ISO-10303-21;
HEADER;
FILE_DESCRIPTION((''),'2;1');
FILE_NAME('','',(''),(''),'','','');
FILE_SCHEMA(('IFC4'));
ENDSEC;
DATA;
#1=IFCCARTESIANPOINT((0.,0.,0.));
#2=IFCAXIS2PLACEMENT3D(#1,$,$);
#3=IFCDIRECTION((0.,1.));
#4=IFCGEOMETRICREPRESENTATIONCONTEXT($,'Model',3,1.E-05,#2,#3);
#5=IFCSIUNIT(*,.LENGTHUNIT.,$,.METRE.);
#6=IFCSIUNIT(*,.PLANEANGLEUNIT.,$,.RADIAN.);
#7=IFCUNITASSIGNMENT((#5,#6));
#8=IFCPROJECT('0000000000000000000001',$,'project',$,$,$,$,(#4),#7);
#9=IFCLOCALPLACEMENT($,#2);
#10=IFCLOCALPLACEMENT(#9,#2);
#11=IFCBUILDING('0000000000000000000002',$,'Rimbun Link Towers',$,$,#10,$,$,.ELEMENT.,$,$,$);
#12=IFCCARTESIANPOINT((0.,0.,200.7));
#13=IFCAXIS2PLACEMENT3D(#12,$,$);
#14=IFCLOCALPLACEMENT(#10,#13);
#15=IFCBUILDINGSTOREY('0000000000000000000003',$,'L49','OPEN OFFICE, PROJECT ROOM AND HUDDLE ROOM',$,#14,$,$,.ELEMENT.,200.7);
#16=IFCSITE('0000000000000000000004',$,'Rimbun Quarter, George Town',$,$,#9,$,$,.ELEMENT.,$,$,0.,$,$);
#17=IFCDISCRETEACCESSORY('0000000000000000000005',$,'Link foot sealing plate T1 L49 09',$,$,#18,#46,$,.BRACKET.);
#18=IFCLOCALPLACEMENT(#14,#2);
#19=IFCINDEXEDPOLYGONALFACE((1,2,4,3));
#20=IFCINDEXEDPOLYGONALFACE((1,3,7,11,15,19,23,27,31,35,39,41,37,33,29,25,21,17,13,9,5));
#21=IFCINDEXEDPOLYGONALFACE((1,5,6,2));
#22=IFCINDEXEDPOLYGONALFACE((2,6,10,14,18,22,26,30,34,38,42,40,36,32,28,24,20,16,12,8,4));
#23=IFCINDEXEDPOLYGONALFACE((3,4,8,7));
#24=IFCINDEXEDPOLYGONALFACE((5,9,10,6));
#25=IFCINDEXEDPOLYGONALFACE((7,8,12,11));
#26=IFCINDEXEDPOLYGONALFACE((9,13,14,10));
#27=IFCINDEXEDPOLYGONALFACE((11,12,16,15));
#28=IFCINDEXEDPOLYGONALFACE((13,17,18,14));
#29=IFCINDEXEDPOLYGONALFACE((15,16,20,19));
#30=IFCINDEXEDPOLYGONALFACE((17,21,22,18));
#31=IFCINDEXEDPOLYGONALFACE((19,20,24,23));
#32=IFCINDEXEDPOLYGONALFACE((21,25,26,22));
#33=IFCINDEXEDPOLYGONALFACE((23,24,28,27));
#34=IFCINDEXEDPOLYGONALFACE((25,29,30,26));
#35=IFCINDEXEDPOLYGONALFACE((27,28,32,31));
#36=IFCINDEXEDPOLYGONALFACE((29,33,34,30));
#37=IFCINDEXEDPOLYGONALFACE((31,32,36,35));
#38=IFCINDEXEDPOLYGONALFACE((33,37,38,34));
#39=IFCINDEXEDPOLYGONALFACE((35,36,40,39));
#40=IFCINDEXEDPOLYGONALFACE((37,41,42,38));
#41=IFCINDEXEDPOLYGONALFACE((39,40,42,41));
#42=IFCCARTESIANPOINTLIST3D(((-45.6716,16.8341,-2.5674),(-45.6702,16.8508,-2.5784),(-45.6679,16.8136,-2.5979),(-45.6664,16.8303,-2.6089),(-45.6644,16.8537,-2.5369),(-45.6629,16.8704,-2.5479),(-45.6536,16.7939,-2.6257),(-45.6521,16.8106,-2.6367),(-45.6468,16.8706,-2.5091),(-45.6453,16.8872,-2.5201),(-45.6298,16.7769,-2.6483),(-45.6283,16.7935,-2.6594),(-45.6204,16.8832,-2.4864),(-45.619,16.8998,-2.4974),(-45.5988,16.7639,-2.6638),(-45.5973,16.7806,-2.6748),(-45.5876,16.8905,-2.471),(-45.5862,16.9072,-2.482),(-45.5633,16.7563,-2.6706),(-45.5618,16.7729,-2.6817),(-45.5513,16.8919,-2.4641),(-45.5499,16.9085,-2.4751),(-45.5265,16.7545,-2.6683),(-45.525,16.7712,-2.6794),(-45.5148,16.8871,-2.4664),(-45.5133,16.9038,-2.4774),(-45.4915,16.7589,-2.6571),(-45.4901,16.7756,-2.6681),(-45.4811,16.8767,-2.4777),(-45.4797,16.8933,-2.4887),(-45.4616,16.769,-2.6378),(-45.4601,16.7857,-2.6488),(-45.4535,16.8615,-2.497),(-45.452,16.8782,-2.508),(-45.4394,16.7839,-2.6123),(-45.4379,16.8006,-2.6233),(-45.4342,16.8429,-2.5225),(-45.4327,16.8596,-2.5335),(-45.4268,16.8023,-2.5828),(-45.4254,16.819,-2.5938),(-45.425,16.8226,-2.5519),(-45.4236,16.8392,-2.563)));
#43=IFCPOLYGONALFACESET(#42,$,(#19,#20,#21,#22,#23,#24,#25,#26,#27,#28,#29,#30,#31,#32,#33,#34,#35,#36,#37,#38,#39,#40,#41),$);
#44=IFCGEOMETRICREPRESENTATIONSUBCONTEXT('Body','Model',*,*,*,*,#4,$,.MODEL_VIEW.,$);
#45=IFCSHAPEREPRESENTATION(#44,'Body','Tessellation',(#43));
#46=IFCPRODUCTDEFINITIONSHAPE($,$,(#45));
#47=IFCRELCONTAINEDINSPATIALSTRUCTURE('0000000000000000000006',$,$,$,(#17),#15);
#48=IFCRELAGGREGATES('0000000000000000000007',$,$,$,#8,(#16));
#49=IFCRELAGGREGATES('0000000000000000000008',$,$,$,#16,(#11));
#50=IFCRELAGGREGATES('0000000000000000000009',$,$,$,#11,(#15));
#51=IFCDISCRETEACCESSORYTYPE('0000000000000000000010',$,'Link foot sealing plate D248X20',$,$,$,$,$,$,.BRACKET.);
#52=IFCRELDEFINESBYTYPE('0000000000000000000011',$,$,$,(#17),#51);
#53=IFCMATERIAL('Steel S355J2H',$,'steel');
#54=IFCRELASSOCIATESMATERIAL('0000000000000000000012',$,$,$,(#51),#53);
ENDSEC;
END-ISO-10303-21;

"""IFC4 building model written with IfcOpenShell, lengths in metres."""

from ifc_helpers import new_model, si_unit, direction, frame, origin, origin_2d, place, context, subcontext, project, spatial, circle, extrude, material, material_profile, profile_set, type_object, element, save


model = new_model("IFC4")

# Units and contexts
model_context = context("Model", 3, precision=1e-05, world=origin(), true_north=direction((0.0, 1.0)))
body_context = subcontext(model_context, "Body", "Model", "MODEL_VIEW")
ifc_project = project(units=[si_unit("LENGTHUNIT", "METRE"), si_unit("PLANEANGLEUNIT", "RADIAN")], contexts=[model_context])

# Site, building, storey
site_placement = place(None, origin())
site = spatial("IfcSite", under=ifc_project, at=site_placement, Name="Rimbun Quarter, George Town", CompositionType="ELEMENT", RefElevation=0.0)
building_placement = place(site_placement, origin())
building = spatial("IfcBuilding", under=site, at=building_placement, Name="Rimbun Link Towers", CompositionType="ELEMENT")
storey_placement = place(building_placement, frame((0.0, 0.0, 200.7)))
storey = spatial("IfcBuildingStorey", under=building, at=storey_placement, Name="L49", Description="OPEN OFFICE, PROJECT ROOM AND HUDDLE ROOM", CompositionType="ELEMENT", Elevation=200.7)

# Discrete accessory
ifc_material_1 = material(Name="Steel S355J2H", Category="steel")
ifc_material_profile_1 = material_profile(ifc_material_1, circle(Radius=0.124, at=origin_2d()), Name="PL D248")
ifc_profile_set_1 = profile_set([ifc_material_profile_1], Name="Steel S355J2H")
discrete_accessory_type = type_object("IfcDiscreteAccessoryType", Name="Link foot sealing plate D248X20", PredefinedType="BRACKET", material=ifc_profile_set_1)
discrete_accessory_placement = place(storey_placement, frame((-45.5481, 16.8232, -2.5674), z_axis=(0.073384, 0.831684, -0.550379), x_axis=(-0.99613, 0.087894, 0.0)))
element("IfcDiscreteAccessory", 1, at=discrete_accessory_placement, inside=storey, type_object=discrete_accessory_type, Name="Link foot sealing plate T1 L49 09", PredefinedType="BRACKET", context=body_context, shape_type="SweptSolid", body=[
    extrude(circle(Radius=0.124, at=origin_2d()), origin(), (0.0, 0.0, 1.0), 0.02),
])

save(model, "model.ifc")
